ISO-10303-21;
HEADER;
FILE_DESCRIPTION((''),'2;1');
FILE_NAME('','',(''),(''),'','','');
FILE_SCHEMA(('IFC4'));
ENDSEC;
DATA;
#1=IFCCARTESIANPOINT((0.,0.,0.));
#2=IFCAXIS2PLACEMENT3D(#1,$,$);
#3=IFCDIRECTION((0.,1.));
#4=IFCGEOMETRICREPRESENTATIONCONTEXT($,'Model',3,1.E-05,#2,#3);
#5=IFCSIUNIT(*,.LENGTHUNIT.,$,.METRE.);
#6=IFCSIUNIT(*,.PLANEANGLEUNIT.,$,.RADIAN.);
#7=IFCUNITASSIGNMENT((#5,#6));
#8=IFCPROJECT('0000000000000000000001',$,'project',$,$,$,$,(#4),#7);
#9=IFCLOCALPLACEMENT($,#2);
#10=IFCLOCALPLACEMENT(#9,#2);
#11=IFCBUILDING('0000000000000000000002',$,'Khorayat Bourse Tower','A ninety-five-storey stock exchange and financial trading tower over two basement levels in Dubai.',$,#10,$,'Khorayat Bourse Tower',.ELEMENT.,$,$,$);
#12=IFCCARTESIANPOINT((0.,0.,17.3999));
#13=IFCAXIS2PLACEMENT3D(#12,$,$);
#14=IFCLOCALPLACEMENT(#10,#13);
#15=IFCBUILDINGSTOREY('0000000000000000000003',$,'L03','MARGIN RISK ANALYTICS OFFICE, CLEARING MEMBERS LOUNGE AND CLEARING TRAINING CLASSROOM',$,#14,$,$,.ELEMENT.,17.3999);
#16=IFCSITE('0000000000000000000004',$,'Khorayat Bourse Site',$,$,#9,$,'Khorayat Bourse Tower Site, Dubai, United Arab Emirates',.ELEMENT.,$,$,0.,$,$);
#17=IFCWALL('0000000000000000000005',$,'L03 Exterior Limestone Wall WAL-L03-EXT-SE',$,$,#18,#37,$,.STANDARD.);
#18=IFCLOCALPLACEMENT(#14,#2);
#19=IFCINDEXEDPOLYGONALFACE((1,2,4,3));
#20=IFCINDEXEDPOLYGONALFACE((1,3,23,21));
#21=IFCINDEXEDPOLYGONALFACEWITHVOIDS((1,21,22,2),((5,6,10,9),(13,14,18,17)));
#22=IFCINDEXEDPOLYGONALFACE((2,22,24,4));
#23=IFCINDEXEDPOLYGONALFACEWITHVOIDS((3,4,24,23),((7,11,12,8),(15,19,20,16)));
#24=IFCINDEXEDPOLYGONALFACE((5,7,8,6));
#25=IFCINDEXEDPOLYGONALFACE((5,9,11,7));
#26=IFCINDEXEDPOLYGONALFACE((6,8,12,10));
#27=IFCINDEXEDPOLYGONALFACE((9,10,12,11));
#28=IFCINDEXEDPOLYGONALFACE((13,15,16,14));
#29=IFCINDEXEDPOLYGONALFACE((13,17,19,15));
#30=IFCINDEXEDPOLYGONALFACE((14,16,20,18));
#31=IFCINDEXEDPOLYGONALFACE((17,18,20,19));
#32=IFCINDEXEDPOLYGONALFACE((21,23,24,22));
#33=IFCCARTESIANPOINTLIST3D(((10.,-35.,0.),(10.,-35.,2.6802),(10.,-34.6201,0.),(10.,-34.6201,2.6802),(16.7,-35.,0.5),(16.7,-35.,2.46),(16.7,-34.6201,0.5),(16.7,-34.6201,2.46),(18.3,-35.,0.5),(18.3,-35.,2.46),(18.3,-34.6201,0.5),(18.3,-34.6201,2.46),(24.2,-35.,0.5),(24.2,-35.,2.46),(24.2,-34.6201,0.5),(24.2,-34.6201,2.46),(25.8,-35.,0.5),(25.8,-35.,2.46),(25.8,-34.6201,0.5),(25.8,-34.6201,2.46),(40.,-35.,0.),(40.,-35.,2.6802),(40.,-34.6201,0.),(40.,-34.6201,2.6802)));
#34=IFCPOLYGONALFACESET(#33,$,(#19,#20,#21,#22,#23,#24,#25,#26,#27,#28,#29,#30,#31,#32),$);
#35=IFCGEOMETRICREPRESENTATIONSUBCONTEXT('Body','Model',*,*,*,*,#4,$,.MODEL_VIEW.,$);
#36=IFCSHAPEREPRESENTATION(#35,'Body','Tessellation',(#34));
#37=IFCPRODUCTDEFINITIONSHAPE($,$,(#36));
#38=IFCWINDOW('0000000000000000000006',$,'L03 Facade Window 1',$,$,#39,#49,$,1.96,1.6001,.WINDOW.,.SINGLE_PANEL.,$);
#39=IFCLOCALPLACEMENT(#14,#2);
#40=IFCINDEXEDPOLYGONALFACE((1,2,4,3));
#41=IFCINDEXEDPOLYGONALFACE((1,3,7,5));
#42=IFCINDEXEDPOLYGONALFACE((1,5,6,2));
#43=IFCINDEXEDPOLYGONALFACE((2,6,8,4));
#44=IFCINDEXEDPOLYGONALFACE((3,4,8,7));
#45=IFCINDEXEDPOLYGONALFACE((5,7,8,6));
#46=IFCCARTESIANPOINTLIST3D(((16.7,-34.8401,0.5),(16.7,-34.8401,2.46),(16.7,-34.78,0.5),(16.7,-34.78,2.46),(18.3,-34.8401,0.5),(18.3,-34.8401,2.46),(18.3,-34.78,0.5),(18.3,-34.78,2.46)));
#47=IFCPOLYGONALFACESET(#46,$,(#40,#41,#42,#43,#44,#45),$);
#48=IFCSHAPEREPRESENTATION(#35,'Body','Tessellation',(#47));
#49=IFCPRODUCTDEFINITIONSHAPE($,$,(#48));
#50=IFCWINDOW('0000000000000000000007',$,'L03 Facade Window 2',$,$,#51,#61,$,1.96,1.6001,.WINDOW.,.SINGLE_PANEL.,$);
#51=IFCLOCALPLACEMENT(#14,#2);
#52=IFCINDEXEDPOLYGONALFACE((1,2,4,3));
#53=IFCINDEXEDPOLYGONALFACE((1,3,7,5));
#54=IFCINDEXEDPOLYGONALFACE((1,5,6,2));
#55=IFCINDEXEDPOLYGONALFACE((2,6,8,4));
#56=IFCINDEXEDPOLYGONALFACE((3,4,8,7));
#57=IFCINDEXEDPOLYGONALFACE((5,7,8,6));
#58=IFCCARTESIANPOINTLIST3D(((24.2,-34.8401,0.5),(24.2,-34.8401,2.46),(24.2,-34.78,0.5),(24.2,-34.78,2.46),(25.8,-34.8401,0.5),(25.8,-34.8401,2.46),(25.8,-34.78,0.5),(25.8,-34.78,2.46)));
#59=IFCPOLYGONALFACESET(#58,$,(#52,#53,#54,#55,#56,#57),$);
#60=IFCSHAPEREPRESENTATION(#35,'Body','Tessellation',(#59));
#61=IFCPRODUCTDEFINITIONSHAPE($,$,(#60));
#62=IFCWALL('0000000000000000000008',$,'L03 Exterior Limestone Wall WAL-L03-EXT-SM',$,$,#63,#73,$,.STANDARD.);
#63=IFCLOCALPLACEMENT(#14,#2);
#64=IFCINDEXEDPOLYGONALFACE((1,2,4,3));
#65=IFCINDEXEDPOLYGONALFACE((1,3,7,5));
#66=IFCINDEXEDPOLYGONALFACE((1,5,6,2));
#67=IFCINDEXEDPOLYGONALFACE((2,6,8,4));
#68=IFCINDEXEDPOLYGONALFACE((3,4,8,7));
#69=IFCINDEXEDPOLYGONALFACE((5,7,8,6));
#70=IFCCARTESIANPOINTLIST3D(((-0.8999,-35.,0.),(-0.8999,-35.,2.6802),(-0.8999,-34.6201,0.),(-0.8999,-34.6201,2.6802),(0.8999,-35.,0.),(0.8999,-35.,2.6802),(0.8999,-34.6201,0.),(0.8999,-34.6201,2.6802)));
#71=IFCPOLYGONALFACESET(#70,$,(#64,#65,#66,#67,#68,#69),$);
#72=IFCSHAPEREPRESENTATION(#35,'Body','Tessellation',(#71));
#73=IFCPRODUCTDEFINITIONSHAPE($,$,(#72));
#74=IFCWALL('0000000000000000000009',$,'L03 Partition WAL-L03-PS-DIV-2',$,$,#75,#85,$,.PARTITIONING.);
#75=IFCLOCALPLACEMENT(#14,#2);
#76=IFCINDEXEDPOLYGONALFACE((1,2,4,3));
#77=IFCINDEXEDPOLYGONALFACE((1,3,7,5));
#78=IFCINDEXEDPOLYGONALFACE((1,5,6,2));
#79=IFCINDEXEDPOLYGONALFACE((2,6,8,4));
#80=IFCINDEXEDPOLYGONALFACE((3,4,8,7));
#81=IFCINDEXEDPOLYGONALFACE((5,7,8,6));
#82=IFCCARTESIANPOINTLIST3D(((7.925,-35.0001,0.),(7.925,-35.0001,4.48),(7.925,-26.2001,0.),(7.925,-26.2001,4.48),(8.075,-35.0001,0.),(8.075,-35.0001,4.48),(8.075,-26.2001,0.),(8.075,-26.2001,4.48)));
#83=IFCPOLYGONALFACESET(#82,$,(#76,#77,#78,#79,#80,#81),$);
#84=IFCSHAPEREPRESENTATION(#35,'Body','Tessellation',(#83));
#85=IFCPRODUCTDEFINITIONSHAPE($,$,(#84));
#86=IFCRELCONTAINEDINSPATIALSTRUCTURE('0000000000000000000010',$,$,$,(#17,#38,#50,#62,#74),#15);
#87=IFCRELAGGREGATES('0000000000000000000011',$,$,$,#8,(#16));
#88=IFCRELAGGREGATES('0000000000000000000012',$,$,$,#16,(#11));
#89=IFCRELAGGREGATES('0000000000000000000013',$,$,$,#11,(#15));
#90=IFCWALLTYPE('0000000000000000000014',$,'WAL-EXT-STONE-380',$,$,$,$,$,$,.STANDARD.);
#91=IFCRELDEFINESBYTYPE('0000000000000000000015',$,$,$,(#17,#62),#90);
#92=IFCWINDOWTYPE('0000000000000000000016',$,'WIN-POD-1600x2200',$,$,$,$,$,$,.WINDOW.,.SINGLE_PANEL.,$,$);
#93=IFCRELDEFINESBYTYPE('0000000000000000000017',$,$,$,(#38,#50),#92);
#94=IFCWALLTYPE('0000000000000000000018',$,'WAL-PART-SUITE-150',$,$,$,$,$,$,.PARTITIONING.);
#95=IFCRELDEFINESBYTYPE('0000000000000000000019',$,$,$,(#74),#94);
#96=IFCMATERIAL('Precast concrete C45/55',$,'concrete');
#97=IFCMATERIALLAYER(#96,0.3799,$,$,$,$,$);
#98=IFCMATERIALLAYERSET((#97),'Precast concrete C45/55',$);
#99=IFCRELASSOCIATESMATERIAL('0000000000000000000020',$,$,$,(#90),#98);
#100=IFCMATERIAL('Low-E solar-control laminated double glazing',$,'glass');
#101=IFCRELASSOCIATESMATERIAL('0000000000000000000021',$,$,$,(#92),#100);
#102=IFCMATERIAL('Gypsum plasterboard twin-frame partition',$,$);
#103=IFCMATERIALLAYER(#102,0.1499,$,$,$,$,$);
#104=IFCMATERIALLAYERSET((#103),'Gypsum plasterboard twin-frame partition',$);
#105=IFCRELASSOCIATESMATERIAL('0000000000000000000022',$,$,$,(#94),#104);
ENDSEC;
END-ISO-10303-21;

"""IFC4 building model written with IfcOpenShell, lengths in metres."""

from ifc_helpers import new_model, si_unit, direction, frame, frame_2d, origin, place, context, subcontext, project, spatial, rectangle, extrude, source, transform, mapped, material, layer, layer_set, type_object, element, fill, save


model = new_model("IFC4")

# Units and contexts
model_context = context("Model", 3, precision=1e-05, world=origin(), true_north=direction((0.0, 1.0)))
body_context = subcontext(model_context, "Body", "Model", "MODEL_VIEW")
ifc_project = project(units=[si_unit("LENGTHUNIT", "METRE"), si_unit("PLANEANGLEUNIT", "RADIAN")], contexts=[model_context])

# Site, building, storey
site_placement = place(None, origin())
site = spatial("IfcSite", under=ifc_project, at=site_placement, Name="Khorayat Bourse Site", LongName="Khorayat Bourse Tower Site, Dubai, United Arab Emirates", CompositionType="ELEMENT", RefElevation=0.0)
building_placement = place(site_placement, origin())
building = spatial("IfcBuilding", under=site, at=building_placement, Name="Khorayat Bourse Tower", Description="A ninety-five-storey stock exchange and financial trading tower over two basement levels in Dubai.", LongName="Khorayat Bourse Tower", CompositionType="ELEMENT")
storey_placement = place(building_placement, frame((0.0, 0.0, 17.3999)))
storey = spatial("IfcBuildingStorey", under=building, at=storey_placement, Name="L03", Description="MARGIN RISK ANALYTICS OFFICE, CLEARING MEMBERS LOUNGE AND CLEARING TRAINING CLASSROOM", CompositionType="ELEMENT", Elevation=17.3999)

# Shared definitions
ifc_material_1 = material(Name="Low-E solar-control laminated double glazing", Category="glass")

# Wall, openings, windows
ifc_material_2 = material(Name="Precast concrete C45/55", Category="concrete")
ifc_layer_1 = layer(ifc_material_2, 0.3799)
ifc_layer_set_1 = layer_set([ifc_layer_1], Name="Precast concrete C45/55")
wall_type_1 = type_object("IfcWallType", Name="WAL-EXT-STONE-380", PredefinedType="STANDARD", material=ifc_layer_set_1)
shared_shape_1 = source(origin(), body_context, "Body", "SweptSolid", [
    extrude(rectangle(XDim=30.0, YDim=0.3799, at=frame_2d((15.0, 0.0))), origin(), (0.0, 0.0, 1.0), 2.6802),
])
wall_1_placement = place(storey_placement, frame((10.0, -34.8101, 0.0), z_axis=(0.0, 0.0, 1.0), x_axis=(1.0, 0.0, 0.0)))
wall_1 = element("IfcWall", 1, at=wall_1_placement, inside=storey, type_object=wall_type_1, Name="L03 Exterior Limestone Wall WAL-L03-EXT-SE", PredefinedType="STANDARD", context=body_context, shape_type="MappedRepresentation", body=[
    mapped(shared_shape_1, transform((0.0, 0.0, 0.0), scale=1.0)),
])
shared_shape_2 = source(origin(), body_context, "Body", "SweptSolid", [
    extrude(rectangle(XDim=1.6001, YDim=1.96, at=frame_2d((0.8, 0.98))), frame((0.0, 0.2, 0.0), z_axis=(0.0, -1.0, 0.0), x_axis=(1.0, 0.0, 0.0)), (0.0, 0.0, 1.0), 0.3999),
])
opening_1_placement = place(wall_1_placement, frame((6.7, 0.0, 0.5)))
opening_1 = element("IfcOpeningElement", 2, at=opening_1_placement, cuts=wall_1, PredefinedType="OPENING", context=body_context, shape_type="MappedRepresentation", body=[
    mapped(shared_shape_2, transform((0.0, 0.0, 0.0), scale=1.0)),
])
opening_2_placement = place(wall_1_placement, frame((14.2, 0.0, 0.5)))
opening_2 = element("IfcOpeningElement", 3, at=opening_2_placement, cuts=wall_1, PredefinedType="OPENING", context=body_context, shape_type="MappedRepresentation", body=[
    mapped(shared_shape_2, transform((0.0, 0.0, 0.0), scale=1.0)),
])
window_type = type_object("IfcWindowType", Name="WIN-POD-1600x2200", PartitioningType="SINGLE_PANEL", PredefinedType="WINDOW", material=ifc_material_1)
shared_shape_3 = source(origin(), body_context, "Body", "SweptSolid", [
    extrude(rectangle(XDim=1.6001, YDim=1.96, at=frame_2d((0.8, 0.98))), frame((0.0, 0.03, 0.0), z_axis=(0.0, -1.0, 0.0), x_axis=(1.0, 0.0, 0.0)), (0.0, 0.0, 1.0), 0.0601),
])
window_1_placement = place(opening_1_placement, origin())
window_1 = element("IfcWindow", 4, at=window_1_placement, inside=storey, type_object=window_type, Name="L03 Facade Window 1", OverallHeight=1.96, OverallWidth=1.6001, PartitioningType="SINGLE_PANEL", PredefinedType="WINDOW", context=body_context, shape_type="MappedRepresentation", body=[
    mapped(shared_shape_3, transform((0.0, 0.0, 0.0), scale=1.0)),
])
fill(opening_1, window_1)
window_2_placement = place(opening_2_placement, origin())
window_2 = element("IfcWindow", 5, at=window_2_placement, inside=storey, type_object=window_type, Name="L03 Facade Window 2", OverallHeight=1.96, OverallWidth=1.6001, PartitioningType="SINGLE_PANEL", PredefinedType="WINDOW", context=body_context, shape_type="MappedRepresentation", body=[
    mapped(shared_shape_3, transform((0.0, 0.0, 0.0), scale=1.0)),
])
fill(opening_2, window_2)

# Walls
shared_shape_4 = source(origin(), body_context, "Body", "SweptSolid", [
    extrude(rectangle(XDim=1.7998, YDim=0.3799, at=frame_2d((0.8999, 0.0))), origin(), (0.0, 0.0, 1.0), 2.6802),
])
wall_2_placement = place(storey_placement, frame((-0.8999, -34.8101, 0.0), z_axis=(0.0, 0.0, 1.0), x_axis=(1.0, 0.0, 0.0)))
element("IfcWall", 6, at=wall_2_placement, inside=storey, type_object=wall_type_1, Name="L03 Exterior Limestone Wall WAL-L03-EXT-SM", PredefinedType="STANDARD", context=body_context, shape_type="MappedRepresentation", body=[
    mapped(shared_shape_4, transform((0.0, 0.0, 0.0), scale=1.0)),
])
ifc_material_3 = material(Name="Gypsum plasterboard twin-frame partition")
ifc_layer_2 = layer(ifc_material_3, 0.1499)
ifc_layer_set_2 = layer_set([ifc_layer_2], Name="Gypsum plasterboard twin-frame partition")
wall_type_2 = type_object("IfcWallType", Name="WAL-PART-SUITE-150", PredefinedType="PARTITIONING", material=ifc_layer_set_2)
shared_shape_5 = source(origin(), body_context, "Body", "SweptSolid", [
    extrude(rectangle(XDim=8.8, YDim=0.1499, at=frame_2d((4.3999, 0.0))), origin(), (0.0, 0.0, 1.0), 4.48),
])
wall_3_placement = place(storey_placement, frame((8.0, -35.0, 0.0), z_axis=(0.0, 0.0, 1.0), x_axis=(0.0, 1.0, 0.0)))
element("IfcWall", 7, at=wall_3_placement, inside=storey, type_object=wall_type_2, Name="L03 Partition WAL-L03-PS-DIV-2", PredefinedType="PARTITIONING", context=body_context, shape_type="MappedRepresentation", body=[
    mapped(shared_shape_5, transform((0.0, 0.0, 0.0), scale=1.0)),
])

save(model, "model.ifc")
